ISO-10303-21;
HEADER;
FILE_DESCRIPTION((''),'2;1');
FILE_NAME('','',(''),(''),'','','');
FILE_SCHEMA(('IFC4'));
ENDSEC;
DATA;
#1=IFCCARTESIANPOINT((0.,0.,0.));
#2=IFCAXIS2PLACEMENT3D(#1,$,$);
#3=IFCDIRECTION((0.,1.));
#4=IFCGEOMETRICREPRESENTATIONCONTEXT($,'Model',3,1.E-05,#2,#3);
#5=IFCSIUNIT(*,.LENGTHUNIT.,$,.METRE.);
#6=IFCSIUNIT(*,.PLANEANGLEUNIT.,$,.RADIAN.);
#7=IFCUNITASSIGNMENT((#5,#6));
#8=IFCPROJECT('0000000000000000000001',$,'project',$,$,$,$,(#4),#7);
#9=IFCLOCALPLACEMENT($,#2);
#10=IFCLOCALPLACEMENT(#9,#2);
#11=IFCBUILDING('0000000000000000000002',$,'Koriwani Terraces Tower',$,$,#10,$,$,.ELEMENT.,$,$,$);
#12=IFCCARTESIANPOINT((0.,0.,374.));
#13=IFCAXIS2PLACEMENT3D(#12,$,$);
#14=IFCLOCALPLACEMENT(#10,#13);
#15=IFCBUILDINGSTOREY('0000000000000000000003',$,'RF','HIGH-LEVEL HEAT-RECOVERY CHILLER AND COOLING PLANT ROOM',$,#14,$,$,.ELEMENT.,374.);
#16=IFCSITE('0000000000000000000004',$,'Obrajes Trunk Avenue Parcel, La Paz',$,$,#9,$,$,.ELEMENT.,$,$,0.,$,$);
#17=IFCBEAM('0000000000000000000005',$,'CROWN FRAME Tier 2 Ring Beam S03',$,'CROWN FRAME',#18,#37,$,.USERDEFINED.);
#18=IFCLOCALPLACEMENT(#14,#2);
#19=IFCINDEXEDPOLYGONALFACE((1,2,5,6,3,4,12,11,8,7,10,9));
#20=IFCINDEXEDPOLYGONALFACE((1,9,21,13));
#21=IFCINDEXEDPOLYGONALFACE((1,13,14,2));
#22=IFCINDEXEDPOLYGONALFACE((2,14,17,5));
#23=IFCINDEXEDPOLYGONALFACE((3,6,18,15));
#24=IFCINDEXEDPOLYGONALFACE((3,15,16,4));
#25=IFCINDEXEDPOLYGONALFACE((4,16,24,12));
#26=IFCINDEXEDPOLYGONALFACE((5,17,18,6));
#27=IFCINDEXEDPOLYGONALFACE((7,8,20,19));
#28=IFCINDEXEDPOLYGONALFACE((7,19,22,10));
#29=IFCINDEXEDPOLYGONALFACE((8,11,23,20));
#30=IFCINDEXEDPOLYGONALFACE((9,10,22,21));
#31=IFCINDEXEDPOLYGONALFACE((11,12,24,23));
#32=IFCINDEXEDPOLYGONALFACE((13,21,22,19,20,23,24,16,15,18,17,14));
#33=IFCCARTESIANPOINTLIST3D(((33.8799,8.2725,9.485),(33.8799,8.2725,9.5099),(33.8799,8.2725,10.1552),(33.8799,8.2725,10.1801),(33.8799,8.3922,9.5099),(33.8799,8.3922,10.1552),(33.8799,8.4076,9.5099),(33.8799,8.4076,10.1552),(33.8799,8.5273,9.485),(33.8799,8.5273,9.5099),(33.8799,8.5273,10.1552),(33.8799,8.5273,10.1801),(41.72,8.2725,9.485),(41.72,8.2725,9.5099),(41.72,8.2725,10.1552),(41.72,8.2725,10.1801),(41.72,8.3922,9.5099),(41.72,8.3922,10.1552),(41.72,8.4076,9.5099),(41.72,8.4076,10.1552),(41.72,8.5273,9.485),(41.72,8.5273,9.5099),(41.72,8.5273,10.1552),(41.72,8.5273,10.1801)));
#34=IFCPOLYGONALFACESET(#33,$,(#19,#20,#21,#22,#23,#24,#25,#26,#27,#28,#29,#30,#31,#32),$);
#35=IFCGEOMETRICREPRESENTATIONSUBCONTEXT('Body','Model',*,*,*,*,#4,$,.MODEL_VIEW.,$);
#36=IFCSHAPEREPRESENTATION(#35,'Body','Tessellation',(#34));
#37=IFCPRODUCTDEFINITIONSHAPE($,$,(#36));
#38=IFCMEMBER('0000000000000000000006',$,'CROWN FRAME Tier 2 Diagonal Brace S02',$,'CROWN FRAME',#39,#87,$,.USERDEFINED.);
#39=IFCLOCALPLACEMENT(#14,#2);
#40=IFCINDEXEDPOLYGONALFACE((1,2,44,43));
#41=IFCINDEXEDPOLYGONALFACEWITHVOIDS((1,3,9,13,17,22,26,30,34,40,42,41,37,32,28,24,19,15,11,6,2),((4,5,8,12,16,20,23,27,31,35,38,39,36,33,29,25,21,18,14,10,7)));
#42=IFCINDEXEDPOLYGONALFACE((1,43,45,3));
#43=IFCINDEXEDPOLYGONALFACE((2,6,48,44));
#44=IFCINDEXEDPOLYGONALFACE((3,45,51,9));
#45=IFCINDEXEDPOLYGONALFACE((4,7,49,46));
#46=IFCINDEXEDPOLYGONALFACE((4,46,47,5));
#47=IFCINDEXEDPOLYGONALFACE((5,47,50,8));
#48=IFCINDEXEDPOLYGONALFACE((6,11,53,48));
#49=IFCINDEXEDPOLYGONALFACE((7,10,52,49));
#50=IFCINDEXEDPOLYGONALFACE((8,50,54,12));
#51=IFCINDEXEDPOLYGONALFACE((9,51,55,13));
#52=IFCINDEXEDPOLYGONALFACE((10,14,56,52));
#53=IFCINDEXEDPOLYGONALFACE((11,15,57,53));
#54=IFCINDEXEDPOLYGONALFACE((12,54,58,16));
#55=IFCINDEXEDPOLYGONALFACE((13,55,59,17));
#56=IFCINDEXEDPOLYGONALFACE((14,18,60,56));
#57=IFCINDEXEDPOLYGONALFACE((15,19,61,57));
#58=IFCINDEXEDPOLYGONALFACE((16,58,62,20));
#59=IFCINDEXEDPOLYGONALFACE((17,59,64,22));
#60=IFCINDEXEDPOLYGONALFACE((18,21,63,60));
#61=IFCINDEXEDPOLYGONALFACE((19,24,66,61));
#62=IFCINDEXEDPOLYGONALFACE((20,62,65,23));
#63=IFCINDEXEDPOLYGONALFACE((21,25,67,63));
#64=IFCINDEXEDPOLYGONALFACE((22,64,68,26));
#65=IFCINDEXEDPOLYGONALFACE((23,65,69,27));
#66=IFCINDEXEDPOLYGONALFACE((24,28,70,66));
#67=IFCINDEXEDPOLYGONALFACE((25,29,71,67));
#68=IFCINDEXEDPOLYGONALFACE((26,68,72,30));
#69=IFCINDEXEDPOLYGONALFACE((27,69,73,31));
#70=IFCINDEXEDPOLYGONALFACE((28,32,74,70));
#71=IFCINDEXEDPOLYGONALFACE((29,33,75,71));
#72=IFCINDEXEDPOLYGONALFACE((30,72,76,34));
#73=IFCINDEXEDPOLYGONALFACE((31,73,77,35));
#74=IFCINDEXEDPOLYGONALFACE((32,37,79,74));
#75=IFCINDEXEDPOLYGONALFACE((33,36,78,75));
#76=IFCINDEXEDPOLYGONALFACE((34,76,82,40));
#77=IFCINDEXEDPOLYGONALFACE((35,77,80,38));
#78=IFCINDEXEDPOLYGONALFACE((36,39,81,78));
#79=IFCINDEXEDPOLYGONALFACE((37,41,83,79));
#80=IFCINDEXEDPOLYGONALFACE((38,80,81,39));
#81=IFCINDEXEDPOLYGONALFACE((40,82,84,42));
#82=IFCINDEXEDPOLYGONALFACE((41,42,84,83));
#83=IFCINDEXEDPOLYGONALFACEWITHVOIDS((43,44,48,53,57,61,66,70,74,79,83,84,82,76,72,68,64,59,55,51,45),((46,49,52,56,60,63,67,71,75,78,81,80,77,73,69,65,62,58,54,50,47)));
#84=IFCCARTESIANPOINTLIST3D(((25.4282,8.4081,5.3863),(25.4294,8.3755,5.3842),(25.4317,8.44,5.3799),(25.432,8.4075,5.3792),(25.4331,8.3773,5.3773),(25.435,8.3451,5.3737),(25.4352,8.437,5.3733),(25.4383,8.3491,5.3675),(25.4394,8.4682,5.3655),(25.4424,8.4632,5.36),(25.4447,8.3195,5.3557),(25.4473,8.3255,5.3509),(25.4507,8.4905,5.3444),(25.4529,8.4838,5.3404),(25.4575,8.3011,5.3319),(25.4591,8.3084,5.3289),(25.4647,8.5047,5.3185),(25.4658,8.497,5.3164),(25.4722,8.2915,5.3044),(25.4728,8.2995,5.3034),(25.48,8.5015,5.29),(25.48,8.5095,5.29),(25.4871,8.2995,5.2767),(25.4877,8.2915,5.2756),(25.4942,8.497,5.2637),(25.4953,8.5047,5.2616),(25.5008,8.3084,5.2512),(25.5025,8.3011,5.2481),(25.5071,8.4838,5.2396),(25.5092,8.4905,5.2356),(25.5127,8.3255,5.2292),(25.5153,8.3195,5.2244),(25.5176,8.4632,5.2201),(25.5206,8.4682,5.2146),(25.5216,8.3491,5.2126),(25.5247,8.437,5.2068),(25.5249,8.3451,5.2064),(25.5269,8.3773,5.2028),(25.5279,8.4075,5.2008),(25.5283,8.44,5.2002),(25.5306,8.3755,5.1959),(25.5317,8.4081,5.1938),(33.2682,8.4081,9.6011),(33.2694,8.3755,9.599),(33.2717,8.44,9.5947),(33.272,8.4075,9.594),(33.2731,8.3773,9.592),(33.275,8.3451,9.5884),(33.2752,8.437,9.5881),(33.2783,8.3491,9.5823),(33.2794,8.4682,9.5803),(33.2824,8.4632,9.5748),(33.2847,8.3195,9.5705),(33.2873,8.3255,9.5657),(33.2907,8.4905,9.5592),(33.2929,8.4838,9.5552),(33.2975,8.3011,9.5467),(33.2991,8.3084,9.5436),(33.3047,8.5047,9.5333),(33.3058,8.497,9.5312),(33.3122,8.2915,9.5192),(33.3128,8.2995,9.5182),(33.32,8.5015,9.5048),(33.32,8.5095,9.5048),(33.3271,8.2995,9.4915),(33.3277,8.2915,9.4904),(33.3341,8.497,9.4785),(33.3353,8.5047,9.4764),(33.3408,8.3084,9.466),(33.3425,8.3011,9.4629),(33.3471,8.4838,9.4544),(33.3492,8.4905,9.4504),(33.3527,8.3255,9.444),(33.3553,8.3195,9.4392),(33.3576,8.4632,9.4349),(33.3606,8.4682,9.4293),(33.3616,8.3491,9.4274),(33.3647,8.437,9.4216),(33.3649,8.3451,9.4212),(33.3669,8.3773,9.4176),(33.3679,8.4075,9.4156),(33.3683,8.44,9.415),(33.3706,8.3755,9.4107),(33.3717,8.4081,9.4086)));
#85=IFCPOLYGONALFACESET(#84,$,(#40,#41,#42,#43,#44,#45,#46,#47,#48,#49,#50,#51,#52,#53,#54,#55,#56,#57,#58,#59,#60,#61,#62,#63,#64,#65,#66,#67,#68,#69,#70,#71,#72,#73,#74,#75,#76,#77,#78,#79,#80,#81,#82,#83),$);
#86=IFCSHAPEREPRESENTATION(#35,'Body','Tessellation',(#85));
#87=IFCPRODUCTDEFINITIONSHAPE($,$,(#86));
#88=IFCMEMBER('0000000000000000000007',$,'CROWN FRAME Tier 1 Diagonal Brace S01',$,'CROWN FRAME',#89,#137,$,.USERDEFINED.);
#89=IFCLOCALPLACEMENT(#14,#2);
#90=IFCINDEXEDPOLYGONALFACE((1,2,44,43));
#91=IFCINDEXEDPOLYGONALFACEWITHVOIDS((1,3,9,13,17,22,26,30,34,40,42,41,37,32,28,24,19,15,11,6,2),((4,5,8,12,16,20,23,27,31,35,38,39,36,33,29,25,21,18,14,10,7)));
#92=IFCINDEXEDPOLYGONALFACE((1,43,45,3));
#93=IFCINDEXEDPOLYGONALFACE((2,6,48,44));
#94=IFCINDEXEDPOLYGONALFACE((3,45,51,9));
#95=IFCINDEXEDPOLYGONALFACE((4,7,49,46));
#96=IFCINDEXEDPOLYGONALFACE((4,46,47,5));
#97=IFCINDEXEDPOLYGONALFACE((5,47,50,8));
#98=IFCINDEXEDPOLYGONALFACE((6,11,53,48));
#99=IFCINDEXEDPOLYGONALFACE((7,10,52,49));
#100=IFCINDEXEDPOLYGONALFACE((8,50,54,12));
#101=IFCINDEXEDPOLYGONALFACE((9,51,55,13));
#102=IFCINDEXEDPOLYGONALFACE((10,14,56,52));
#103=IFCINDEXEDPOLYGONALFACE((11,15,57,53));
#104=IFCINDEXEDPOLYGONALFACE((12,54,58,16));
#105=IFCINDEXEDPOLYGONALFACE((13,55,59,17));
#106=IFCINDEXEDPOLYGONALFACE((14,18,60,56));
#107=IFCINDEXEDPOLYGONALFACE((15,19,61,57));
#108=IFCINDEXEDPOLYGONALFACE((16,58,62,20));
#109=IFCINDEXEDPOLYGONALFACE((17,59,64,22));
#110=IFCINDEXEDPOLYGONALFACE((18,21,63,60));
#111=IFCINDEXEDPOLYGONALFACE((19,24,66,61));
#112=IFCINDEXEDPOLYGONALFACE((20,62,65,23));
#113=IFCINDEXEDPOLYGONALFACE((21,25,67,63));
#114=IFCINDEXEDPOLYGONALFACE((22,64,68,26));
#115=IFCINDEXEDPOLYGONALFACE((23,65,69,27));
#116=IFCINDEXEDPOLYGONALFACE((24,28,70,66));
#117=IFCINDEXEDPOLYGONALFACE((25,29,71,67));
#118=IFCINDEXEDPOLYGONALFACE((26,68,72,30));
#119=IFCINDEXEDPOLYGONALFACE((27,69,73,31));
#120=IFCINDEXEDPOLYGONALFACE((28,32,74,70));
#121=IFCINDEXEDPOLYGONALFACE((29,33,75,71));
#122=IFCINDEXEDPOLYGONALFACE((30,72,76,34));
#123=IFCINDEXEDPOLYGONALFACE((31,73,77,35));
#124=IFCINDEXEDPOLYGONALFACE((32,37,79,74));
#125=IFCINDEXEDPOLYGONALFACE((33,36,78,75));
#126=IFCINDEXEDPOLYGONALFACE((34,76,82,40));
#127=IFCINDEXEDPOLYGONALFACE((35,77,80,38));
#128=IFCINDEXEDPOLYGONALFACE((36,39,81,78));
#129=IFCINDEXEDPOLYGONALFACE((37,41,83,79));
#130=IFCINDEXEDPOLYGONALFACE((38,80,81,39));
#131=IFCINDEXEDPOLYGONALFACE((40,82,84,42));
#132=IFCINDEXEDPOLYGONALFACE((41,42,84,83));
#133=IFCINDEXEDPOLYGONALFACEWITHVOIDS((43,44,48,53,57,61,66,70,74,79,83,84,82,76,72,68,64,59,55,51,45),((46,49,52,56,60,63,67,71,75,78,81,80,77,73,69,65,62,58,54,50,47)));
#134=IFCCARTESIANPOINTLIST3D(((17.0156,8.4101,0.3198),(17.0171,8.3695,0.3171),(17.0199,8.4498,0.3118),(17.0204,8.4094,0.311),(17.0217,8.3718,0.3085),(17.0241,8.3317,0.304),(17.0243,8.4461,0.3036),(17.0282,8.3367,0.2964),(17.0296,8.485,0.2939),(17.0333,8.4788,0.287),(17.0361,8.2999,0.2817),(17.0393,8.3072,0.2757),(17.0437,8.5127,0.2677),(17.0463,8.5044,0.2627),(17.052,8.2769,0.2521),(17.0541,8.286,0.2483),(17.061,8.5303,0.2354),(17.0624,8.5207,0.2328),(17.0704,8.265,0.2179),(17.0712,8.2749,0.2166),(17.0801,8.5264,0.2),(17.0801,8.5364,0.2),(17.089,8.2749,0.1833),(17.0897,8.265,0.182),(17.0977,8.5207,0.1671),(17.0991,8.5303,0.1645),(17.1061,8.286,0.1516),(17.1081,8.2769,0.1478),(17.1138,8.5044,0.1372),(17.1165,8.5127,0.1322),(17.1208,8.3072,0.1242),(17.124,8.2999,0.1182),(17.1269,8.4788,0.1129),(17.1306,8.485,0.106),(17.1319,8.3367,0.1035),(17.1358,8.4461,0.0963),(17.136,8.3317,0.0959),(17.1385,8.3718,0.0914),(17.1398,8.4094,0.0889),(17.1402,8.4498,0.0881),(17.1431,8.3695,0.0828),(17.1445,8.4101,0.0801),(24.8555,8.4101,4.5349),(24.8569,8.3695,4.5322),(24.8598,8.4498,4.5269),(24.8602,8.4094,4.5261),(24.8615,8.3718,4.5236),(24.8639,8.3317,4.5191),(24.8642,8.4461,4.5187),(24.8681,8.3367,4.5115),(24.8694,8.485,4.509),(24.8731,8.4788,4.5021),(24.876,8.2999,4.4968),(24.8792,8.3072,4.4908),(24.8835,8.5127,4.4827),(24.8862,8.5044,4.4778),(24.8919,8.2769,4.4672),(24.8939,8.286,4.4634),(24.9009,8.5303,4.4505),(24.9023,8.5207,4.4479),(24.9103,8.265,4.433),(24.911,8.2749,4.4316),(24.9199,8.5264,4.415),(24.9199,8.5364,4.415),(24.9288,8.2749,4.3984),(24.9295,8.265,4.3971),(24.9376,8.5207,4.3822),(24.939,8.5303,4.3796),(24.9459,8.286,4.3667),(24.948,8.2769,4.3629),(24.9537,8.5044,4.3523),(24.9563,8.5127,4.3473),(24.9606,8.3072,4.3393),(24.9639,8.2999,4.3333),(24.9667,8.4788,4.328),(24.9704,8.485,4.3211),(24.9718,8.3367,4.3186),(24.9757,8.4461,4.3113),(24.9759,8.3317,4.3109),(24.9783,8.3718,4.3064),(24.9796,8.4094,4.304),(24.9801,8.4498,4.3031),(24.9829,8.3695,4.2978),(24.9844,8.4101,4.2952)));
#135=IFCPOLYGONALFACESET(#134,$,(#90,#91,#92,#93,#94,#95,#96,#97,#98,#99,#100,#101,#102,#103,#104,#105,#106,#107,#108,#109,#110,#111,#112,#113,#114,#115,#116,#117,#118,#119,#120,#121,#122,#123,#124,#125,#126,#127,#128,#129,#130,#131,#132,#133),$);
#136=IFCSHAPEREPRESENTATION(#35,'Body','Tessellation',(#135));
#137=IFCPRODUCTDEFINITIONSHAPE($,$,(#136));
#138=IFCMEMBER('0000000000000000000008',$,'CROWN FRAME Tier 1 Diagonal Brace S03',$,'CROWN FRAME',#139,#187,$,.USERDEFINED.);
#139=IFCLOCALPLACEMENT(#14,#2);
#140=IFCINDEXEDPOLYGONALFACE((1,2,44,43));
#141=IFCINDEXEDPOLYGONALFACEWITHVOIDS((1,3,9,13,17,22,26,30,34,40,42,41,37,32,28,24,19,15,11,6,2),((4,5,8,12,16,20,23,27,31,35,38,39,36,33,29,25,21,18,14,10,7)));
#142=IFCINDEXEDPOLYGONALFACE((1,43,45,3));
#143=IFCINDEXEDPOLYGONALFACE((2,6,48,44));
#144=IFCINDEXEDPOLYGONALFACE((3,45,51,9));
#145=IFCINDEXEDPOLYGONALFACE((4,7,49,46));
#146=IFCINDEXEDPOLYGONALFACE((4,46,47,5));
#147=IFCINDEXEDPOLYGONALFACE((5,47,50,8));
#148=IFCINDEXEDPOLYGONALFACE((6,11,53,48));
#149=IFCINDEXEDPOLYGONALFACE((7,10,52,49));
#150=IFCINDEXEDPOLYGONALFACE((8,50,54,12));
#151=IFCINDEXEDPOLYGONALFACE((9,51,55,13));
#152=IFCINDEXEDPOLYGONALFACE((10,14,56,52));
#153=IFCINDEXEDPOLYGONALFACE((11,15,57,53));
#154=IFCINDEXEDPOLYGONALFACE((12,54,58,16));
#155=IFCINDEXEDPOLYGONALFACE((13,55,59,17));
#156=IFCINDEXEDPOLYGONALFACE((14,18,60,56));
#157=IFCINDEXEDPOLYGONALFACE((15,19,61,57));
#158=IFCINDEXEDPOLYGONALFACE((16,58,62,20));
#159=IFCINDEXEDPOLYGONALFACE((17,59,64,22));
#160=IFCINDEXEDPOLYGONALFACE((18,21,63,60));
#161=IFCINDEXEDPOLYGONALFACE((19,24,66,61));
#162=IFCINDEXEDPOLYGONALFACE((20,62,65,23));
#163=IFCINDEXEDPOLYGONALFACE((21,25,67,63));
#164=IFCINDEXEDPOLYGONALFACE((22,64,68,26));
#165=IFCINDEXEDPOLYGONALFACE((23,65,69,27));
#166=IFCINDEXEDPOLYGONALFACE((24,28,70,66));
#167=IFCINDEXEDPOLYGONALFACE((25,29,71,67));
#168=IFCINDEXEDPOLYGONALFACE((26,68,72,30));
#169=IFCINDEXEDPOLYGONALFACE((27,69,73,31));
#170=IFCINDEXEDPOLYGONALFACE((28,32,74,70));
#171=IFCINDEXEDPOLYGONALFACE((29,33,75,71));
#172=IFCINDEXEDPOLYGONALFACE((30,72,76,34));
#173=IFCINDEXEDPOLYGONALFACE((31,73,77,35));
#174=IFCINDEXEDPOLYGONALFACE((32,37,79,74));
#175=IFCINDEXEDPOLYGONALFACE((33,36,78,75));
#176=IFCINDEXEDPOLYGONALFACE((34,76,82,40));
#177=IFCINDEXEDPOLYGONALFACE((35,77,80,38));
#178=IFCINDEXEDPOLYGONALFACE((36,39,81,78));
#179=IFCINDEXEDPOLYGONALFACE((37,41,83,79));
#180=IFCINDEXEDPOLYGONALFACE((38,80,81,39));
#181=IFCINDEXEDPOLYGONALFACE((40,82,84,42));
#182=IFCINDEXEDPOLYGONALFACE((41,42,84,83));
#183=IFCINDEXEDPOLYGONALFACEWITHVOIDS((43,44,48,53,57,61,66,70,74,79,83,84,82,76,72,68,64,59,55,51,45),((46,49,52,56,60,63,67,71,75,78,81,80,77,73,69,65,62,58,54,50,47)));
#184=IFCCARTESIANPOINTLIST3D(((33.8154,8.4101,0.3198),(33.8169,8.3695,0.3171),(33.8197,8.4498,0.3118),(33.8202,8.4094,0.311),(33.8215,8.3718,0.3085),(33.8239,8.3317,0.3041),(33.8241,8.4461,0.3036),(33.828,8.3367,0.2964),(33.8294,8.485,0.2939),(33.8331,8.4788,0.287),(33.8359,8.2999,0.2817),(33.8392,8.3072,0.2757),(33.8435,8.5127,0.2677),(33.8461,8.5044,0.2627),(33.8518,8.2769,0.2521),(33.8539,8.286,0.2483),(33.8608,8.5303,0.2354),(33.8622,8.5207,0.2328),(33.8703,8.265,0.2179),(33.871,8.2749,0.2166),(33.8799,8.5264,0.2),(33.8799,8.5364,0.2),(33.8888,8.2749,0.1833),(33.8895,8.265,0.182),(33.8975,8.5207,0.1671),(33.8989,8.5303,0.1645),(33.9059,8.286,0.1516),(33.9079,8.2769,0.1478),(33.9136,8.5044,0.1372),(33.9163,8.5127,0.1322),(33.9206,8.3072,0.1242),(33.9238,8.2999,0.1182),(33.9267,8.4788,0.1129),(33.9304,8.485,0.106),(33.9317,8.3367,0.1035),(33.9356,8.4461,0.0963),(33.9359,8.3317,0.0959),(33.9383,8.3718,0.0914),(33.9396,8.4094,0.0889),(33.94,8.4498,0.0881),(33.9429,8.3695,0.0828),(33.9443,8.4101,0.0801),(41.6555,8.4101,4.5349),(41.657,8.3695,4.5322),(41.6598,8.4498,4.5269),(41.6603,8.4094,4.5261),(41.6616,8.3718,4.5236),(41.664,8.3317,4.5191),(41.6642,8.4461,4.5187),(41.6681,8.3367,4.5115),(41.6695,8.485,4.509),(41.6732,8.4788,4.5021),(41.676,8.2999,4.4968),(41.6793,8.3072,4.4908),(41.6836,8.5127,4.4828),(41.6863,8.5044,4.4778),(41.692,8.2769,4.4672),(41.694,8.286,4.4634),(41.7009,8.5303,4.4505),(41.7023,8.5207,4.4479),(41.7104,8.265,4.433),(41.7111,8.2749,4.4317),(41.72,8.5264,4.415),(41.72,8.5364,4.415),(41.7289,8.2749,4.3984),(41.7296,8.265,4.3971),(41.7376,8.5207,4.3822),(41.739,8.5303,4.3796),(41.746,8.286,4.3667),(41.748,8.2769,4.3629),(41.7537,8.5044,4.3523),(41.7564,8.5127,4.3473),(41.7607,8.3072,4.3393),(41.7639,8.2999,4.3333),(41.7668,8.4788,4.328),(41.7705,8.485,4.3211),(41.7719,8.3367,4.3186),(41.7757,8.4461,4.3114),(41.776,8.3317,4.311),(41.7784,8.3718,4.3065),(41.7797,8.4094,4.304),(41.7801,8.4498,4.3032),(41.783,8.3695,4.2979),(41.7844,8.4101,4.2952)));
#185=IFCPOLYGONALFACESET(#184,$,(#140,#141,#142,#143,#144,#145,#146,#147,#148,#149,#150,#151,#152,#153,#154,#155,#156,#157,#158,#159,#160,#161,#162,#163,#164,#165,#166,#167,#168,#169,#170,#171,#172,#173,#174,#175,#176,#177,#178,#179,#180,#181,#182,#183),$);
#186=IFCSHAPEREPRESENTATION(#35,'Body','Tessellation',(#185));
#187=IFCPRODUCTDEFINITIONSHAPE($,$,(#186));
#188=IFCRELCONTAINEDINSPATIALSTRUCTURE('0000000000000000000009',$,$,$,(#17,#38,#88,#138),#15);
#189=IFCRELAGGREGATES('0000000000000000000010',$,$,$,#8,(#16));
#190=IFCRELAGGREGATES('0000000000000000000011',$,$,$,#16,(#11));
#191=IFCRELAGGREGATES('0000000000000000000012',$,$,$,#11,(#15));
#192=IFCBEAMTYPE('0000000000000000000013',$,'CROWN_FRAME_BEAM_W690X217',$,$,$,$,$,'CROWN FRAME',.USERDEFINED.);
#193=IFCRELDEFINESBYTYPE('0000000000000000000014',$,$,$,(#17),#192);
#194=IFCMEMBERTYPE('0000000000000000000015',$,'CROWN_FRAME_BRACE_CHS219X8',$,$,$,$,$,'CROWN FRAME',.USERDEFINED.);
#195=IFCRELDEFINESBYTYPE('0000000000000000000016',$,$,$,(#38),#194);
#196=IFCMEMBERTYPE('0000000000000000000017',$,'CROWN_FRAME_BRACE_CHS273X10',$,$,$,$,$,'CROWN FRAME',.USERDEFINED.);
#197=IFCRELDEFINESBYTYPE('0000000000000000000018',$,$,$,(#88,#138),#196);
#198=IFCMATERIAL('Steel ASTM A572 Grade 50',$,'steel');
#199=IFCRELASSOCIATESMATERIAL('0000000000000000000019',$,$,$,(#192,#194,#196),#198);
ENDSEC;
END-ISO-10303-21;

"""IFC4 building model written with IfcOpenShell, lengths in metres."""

from ifc_helpers import new_model, si_unit, direction, frame, origin, origin_2d, place, context, subcontext, project, spatial, hollow_circle, i_section, extrude, material, material_profile, profile_set, type_object, element, save


model = new_model("IFC4")

# Units and contexts
model_context = context("Model", 3, precision=1e-05, world=origin(), true_north=direction((0.0, 1.0)))
body_context = subcontext(model_context, "Body", "Model", "MODEL_VIEW")
ifc_project = project(units=[si_unit("LENGTHUNIT", "METRE"), si_unit("PLANEANGLEUNIT", "RADIAN")], contexts=[model_context])

# Site, building, storey
site_placement = place(None, origin())
site = spatial("IfcSite", under=ifc_project, at=site_placement, Name="Obrajes Trunk Avenue Parcel, La Paz", CompositionType="ELEMENT", RefElevation=0.0)
building_placement = place(site_placement, origin())
building = spatial("IfcBuilding", under=site, at=building_placement, Name="Koriwani Terraces Tower", CompositionType="ELEMENT")
storey_placement = place(building_placement, frame((0.0, 0.0, 374.0)))
storey = spatial("IfcBuildingStorey", under=building, at=storey_placement, Name="RF", Description="HIGH-LEVEL HEAT-RECOVERY CHILLER AND COOLING PLANT ROOM", CompositionType="ELEMENT", Elevation=374.0)

# Shared definitions
ifc_material_1 = material(Name="Steel ASTM A572 Grade 50", Category="steel")

# Beam
ifc_material_profile_1 = material_profile(ifc_material_1, i_section(OverallWidth=0.2549, OverallDepth=0.6951, WebThickness=0.0154, FlangeThickness=0.0249, at=origin_2d()), Name="Steel ASTM A572 Grade 50", Category="LoadBearing")
ifc_profile_set_1 = profile_set([ifc_material_profile_1], Name="Steel ASTM A572 Grade 50")
beam_type_1 = type_object("IfcBeamType", Name="CROWN_FRAME_BEAM_W690X217", ElementType="CROWN FRAME", PredefinedType="USERDEFINED", material=ifc_profile_set_1)
for number, where, z_axis, x_axis, name in (
    (1, (33.8799, 8.3999, 9.8325), (1.0, 0.0, 0.0), (0.0, 1.0, 0.0), "CROWN FRAME Tier 2 Ring Beam S03"),
):
    element("IfcBeam", number, at=place(storey_placement, frame(where, z_axis=z_axis, x_axis=x_axis)), inside=storey, type_object=beam_type_1, Name=name, ObjectType="CROWN FRAME", PredefinedType="USERDEFINED", context=body_context, shape_type="SweptSolid", body=[
        extrude(i_section(OverallWidth=0.2549, OverallDepth=0.6951, WebThickness=0.0154, FlangeThickness=0.0249, at=origin_2d()), origin(), (0.0, 0.0, 1.0), 7.8401),
    ])

# Members
ifc_material_profile_2 = material_profile(ifc_material_1, hollow_circle(Radius=0.1096, WallThickness=0.0081, at=origin_2d()), Name="Steel ASTM A572 Grade 50", Category="LoadBearing")
ifc_profile_set_2 = profile_set([ifc_material_profile_2], Name="Steel ASTM A572 Grade 50")
member_type_1 = type_object("IfcMemberType", Name="CROWN_FRAME_BRACE_CHS219X8", ElementType="CROWN FRAME", PredefinedType="USERDEFINED", material=ifc_profile_set_2)
member_1_placement = place(storey_placement, frame((25.48, 8.3999, 5.29), z_axis=(0.880787, 0.0, 0.473513), x_axis=(0.0, 1.0, 0.0)))
element("IfcMember", 2, at=member_1_placement, inside=storey, type_object=member_type_1, Name="CROWN FRAME Tier 2 Diagonal Brace S02", ObjectType="CROWN FRAME", PredefinedType="USERDEFINED", context=body_context, shape_type="SweptSolid", body=[
    extrude(hollow_circle(Radius=0.1096, WallThickness=0.0081, at=origin_2d()), origin(), (0.0, 0.0, 1.0), 8.9011),
])
ifc_material_profile_3 = material_profile(ifc_material_1, hollow_circle(Radius=0.1365, WallThickness=0.01, at=origin_2d()), Name="Steel ASTM A572 Grade 50", Category="LoadBearing")
ifc_profile_set_3 = profile_set([ifc_material_profile_3], Name="Steel ASTM A572 Grade 50")
member_type_2 = type_object("IfcMemberType", Name="CROWN_FRAME_BRACE_CHS273X10", ElementType="CROWN FRAME", PredefinedType="USERDEFINED", material=ifc_profile_set_3)
member_2_placement = place(storey_placement, frame((17.0801, 8.3999, 0.2), z_axis=(0.880769, 0.0, 0.473545), x_axis=(0.0, 1.0, 0.0)))
element("IfcMember", 3, at=member_2_placement, inside=storey, type_object=member_type_2, Name="CROWN FRAME Tier 1 Diagonal Brace S01", ObjectType="CROWN FRAME", PredefinedType="USERDEFINED", context=body_context, shape_type="SweptSolid", body=[
    extrude(hollow_circle(Radius=0.1365, WallThickness=0.01, at=origin_2d()), origin(), (0.0, 0.0, 1.0), 8.9011),
])
member_3_placement = place(storey_placement, frame((33.8799, 8.3999, 0.2), z_axis=(0.880776, 0.0, 0.473534), x_axis=(0.0, 1.0, 0.0)))
element("IfcMember", 4, at=member_3_placement, inside=storey, type_object=member_type_2, Name="CROWN FRAME Tier 1 Diagonal Brace S03", ObjectType="CROWN FRAME", PredefinedType="USERDEFINED", context=body_context, shape_type="SweptSolid", body=[
    extrude(hollow_circle(Radius=0.1365, WallThickness=0.01, at=origin_2d()), origin(), (0.0, 0.0, 1.0), 8.9014),
])

save(model, "model.ifc")
